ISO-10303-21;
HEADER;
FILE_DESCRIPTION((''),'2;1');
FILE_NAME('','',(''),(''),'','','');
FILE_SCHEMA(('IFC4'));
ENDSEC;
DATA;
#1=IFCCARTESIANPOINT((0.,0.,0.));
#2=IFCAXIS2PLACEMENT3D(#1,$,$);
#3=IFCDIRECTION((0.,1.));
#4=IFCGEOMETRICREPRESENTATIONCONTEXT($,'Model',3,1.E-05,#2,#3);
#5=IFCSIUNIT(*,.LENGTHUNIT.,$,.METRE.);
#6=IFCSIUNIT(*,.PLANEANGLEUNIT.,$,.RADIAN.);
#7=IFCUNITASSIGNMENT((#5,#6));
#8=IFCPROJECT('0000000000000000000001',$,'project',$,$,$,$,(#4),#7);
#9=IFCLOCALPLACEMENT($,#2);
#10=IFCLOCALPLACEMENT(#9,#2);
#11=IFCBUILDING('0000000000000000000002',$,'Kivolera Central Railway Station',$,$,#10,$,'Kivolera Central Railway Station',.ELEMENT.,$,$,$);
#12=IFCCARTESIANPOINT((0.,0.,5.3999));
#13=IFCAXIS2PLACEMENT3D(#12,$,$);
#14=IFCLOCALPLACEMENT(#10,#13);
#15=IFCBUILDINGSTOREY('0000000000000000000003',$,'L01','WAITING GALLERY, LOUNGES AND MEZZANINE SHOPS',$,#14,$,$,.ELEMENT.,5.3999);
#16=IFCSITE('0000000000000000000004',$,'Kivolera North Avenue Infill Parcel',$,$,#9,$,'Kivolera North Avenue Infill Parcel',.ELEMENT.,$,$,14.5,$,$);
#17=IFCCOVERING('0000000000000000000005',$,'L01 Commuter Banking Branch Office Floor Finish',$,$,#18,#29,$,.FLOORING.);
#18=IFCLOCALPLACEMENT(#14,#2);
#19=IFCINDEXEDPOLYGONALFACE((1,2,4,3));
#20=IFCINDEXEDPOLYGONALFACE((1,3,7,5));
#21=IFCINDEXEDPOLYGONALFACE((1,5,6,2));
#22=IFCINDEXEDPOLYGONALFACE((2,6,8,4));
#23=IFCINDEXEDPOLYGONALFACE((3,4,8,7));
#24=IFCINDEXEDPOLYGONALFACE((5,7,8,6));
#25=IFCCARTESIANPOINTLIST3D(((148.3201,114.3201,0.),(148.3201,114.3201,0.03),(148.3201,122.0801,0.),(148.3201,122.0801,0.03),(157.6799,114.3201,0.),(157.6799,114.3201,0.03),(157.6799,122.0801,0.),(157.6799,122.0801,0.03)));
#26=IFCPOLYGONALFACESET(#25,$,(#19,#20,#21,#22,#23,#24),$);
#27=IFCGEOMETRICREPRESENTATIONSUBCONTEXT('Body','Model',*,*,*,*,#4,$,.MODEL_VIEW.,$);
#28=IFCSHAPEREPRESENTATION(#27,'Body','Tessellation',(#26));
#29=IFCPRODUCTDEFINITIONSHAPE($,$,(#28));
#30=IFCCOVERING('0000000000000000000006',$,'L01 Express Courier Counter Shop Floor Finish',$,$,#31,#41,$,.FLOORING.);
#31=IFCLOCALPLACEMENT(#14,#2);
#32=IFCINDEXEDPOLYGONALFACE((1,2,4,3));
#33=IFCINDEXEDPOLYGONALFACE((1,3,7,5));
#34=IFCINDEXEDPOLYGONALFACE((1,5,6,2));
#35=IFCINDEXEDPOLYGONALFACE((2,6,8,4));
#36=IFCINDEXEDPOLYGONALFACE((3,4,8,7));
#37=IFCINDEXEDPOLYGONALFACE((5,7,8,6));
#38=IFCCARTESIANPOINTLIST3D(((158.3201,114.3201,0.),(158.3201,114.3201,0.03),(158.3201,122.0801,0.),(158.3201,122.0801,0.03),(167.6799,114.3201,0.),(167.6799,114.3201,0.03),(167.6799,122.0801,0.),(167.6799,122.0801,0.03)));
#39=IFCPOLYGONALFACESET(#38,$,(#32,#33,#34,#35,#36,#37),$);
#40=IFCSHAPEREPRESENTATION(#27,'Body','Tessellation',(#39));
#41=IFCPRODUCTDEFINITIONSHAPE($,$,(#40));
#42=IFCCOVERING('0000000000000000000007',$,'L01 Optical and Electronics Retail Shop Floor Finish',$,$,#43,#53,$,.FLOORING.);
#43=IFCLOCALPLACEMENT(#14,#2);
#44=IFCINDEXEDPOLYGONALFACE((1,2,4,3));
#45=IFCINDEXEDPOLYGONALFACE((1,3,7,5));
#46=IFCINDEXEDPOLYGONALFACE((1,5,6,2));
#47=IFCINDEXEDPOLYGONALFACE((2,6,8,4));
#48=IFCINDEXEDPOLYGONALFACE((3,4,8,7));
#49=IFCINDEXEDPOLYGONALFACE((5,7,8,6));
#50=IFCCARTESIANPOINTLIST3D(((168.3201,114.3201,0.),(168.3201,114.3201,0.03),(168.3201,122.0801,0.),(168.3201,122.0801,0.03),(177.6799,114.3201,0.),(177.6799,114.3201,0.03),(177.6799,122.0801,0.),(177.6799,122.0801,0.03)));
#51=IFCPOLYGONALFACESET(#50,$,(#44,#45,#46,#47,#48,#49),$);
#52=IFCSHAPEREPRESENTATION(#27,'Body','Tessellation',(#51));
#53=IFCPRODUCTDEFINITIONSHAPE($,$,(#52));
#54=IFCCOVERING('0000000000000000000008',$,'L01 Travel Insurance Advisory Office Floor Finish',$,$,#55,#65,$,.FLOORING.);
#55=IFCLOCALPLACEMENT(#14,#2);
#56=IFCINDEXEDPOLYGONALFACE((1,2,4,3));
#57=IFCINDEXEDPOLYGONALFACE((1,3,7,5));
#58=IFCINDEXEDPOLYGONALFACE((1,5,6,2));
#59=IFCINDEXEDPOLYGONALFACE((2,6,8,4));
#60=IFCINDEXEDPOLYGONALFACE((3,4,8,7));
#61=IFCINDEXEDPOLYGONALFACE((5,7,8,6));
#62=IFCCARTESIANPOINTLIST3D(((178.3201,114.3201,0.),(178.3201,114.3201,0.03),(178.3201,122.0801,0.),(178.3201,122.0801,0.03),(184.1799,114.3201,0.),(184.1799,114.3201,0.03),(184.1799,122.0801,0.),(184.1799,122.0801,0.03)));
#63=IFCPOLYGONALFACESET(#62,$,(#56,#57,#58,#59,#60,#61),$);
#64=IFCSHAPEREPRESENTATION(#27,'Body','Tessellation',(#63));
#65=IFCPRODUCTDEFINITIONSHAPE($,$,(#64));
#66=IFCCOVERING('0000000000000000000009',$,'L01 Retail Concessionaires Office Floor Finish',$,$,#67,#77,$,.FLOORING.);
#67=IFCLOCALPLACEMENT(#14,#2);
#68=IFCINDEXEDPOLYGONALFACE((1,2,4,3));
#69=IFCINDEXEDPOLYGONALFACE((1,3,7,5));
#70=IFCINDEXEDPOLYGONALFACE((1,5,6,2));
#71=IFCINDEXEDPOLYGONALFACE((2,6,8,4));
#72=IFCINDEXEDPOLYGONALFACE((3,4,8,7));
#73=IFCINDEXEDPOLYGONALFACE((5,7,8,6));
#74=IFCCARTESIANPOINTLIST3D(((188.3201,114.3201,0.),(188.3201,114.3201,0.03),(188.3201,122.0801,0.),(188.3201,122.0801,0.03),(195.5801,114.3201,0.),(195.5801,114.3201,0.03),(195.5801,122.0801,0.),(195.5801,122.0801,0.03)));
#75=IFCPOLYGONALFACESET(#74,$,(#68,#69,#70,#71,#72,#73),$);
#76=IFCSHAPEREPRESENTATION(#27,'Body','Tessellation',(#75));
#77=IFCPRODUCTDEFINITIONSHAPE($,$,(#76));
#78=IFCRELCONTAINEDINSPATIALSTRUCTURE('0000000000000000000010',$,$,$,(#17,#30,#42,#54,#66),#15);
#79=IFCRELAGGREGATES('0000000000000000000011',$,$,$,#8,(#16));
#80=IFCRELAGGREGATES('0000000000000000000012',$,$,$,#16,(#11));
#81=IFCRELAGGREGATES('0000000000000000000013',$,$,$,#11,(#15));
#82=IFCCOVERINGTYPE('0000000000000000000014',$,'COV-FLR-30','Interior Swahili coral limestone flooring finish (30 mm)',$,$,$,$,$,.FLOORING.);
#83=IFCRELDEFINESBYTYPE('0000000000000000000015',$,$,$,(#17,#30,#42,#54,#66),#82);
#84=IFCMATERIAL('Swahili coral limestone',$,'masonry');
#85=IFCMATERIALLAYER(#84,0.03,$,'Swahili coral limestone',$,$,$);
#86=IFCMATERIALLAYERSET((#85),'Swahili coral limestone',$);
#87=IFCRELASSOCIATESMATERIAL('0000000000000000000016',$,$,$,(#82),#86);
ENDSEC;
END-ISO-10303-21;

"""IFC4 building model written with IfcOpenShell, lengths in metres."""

from ifc_helpers import new_model, si_unit, direction, frame, origin, place, context, subcontext, project, spatial, polyline, outline, extrude, material, layer, layer_set, type_object, element, save


model = new_model("IFC4")

# Units and contexts
model_context = context("Model", 3, precision=1e-05, world=origin(), true_north=direction((0.0, 1.0)))
body_context = subcontext(model_context, "Body", "Model", "MODEL_VIEW")
ifc_project = project(units=[si_unit("LENGTHUNIT", "METRE"), si_unit("PLANEANGLEUNIT", "RADIAN")], contexts=[model_context])

# Site, building, storey
site_placement = place(None, origin())
site = spatial("IfcSite", under=ifc_project, at=site_placement, Name="Kivolera North Avenue Infill Parcel", LongName="Kivolera North Avenue Infill Parcel", CompositionType="ELEMENT", RefElevation=14.5)
building_placement = place(site_placement, origin())
building = spatial("IfcBuilding", under=site, at=building_placement, Name="Kivolera Central Railway Station", LongName="Kivolera Central Railway Station", CompositionType="ELEMENT")
storey_placement = place(building_placement, frame((0.0, 0.0, 5.3999)))
storey = spatial("IfcBuildingStorey", under=building, at=storey_placement, Name="L01", Description="WAITING GALLERY, LOUNGES AND MEZZANINE SHOPS", CompositionType="ELEMENT", Elevation=5.3999)

# Coverings
ifc_material_1 = material(Name="Swahili coral limestone", Category="masonry")
ifc_layer_1 = layer(ifc_material_1, 0.03, Name="Swahili coral limestone")
ifc_layer_set_1 = layer_set([ifc_layer_1], Name="Swahili coral limestone")
covering_type = type_object("IfcCoveringType", Name="COV-FLR-30", Description="Interior Swahili coral limestone flooring finish (30 mm)", PredefinedType="FLOORING", material=ifc_layer_set_1)
covering_1_placement = place(storey_placement, origin())
element("IfcCovering", 1, at=covering_1_placement, inside=storey, type_object=covering_type, Name="L01 Commuter Banking Branch Office Floor Finish", PredefinedType="FLOORING", context=body_context, shape_type="SweptSolid", body=[
    extrude(outline(polyline([(148.3201, 114.3201), (157.6799, 114.3201), (157.6799, 122.0801), (148.3201, 122.0801), (148.3201, 114.3201)])), origin(), (0.0, 0.0, 1.0), 0.03),
])
covering_2_placement = place(storey_placement, origin())
element("IfcCovering", 2, at=covering_2_placement, inside=storey, type_object=covering_type, Name="L01 Express Courier Counter Shop Floor Finish", PredefinedType="FLOORING", context=body_context, shape_type="SweptSolid", body=[
    extrude(outline(polyline([(158.3201, 114.3201), (167.6799, 114.3201), (167.6799, 122.0801), (158.3201, 122.0801), (158.3201, 114.3201)])), origin(), (0.0, 0.0, 1.0), 0.03),
])
covering_3_placement = place(storey_placement, origin())
element("IfcCovering", 3, at=covering_3_placement, inside=storey, type_object=covering_type, Name="L01 Optical and Electronics Retail Shop Floor Finish", PredefinedType="FLOORING", context=body_context, shape_type="SweptSolid", body=[
    extrude(outline(polyline([(168.3201, 114.3201), (177.6799, 114.3201), (177.6799, 122.0801), (168.3201, 122.0801), (168.3201, 114.3201)])), origin(), (0.0, 0.0, 1.0), 0.03),
])
covering_4_placement = place(storey_placement, origin())
element("IfcCovering", 4, at=covering_4_placement, inside=storey, type_object=covering_type, Name="L01 Travel Insurance Advisory Office Floor Finish", PredefinedType="FLOORING", context=body_context, shape_type="SweptSolid", body=[
    extrude(outline(polyline([(178.3201, 114.3201), (184.1799, 114.3201), (184.1799, 122.0801), (178.3201, 122.0801), (178.3201, 114.3201)])), origin(), (0.0, 0.0, 1.0), 0.03),
])
covering_5_placement = place(storey_placement, origin())
element("IfcCovering", 5, at=covering_5_placement, inside=storey, type_object=covering_type, Name="L01 Retail Concessionaires Office Floor Finish", PredefinedType="FLOORING", context=body_context, shape_type="SweptSolid", body=[
    extrude(outline(polyline([(188.3201, 114.3201), (195.5801, 114.3201), (195.5801, 122.0801), (188.3201, 122.0801), (188.3201, 114.3201)])), origin(), (0.0, 0.0, 1.0), 0.03),
])

save(model, "model.ifc")
